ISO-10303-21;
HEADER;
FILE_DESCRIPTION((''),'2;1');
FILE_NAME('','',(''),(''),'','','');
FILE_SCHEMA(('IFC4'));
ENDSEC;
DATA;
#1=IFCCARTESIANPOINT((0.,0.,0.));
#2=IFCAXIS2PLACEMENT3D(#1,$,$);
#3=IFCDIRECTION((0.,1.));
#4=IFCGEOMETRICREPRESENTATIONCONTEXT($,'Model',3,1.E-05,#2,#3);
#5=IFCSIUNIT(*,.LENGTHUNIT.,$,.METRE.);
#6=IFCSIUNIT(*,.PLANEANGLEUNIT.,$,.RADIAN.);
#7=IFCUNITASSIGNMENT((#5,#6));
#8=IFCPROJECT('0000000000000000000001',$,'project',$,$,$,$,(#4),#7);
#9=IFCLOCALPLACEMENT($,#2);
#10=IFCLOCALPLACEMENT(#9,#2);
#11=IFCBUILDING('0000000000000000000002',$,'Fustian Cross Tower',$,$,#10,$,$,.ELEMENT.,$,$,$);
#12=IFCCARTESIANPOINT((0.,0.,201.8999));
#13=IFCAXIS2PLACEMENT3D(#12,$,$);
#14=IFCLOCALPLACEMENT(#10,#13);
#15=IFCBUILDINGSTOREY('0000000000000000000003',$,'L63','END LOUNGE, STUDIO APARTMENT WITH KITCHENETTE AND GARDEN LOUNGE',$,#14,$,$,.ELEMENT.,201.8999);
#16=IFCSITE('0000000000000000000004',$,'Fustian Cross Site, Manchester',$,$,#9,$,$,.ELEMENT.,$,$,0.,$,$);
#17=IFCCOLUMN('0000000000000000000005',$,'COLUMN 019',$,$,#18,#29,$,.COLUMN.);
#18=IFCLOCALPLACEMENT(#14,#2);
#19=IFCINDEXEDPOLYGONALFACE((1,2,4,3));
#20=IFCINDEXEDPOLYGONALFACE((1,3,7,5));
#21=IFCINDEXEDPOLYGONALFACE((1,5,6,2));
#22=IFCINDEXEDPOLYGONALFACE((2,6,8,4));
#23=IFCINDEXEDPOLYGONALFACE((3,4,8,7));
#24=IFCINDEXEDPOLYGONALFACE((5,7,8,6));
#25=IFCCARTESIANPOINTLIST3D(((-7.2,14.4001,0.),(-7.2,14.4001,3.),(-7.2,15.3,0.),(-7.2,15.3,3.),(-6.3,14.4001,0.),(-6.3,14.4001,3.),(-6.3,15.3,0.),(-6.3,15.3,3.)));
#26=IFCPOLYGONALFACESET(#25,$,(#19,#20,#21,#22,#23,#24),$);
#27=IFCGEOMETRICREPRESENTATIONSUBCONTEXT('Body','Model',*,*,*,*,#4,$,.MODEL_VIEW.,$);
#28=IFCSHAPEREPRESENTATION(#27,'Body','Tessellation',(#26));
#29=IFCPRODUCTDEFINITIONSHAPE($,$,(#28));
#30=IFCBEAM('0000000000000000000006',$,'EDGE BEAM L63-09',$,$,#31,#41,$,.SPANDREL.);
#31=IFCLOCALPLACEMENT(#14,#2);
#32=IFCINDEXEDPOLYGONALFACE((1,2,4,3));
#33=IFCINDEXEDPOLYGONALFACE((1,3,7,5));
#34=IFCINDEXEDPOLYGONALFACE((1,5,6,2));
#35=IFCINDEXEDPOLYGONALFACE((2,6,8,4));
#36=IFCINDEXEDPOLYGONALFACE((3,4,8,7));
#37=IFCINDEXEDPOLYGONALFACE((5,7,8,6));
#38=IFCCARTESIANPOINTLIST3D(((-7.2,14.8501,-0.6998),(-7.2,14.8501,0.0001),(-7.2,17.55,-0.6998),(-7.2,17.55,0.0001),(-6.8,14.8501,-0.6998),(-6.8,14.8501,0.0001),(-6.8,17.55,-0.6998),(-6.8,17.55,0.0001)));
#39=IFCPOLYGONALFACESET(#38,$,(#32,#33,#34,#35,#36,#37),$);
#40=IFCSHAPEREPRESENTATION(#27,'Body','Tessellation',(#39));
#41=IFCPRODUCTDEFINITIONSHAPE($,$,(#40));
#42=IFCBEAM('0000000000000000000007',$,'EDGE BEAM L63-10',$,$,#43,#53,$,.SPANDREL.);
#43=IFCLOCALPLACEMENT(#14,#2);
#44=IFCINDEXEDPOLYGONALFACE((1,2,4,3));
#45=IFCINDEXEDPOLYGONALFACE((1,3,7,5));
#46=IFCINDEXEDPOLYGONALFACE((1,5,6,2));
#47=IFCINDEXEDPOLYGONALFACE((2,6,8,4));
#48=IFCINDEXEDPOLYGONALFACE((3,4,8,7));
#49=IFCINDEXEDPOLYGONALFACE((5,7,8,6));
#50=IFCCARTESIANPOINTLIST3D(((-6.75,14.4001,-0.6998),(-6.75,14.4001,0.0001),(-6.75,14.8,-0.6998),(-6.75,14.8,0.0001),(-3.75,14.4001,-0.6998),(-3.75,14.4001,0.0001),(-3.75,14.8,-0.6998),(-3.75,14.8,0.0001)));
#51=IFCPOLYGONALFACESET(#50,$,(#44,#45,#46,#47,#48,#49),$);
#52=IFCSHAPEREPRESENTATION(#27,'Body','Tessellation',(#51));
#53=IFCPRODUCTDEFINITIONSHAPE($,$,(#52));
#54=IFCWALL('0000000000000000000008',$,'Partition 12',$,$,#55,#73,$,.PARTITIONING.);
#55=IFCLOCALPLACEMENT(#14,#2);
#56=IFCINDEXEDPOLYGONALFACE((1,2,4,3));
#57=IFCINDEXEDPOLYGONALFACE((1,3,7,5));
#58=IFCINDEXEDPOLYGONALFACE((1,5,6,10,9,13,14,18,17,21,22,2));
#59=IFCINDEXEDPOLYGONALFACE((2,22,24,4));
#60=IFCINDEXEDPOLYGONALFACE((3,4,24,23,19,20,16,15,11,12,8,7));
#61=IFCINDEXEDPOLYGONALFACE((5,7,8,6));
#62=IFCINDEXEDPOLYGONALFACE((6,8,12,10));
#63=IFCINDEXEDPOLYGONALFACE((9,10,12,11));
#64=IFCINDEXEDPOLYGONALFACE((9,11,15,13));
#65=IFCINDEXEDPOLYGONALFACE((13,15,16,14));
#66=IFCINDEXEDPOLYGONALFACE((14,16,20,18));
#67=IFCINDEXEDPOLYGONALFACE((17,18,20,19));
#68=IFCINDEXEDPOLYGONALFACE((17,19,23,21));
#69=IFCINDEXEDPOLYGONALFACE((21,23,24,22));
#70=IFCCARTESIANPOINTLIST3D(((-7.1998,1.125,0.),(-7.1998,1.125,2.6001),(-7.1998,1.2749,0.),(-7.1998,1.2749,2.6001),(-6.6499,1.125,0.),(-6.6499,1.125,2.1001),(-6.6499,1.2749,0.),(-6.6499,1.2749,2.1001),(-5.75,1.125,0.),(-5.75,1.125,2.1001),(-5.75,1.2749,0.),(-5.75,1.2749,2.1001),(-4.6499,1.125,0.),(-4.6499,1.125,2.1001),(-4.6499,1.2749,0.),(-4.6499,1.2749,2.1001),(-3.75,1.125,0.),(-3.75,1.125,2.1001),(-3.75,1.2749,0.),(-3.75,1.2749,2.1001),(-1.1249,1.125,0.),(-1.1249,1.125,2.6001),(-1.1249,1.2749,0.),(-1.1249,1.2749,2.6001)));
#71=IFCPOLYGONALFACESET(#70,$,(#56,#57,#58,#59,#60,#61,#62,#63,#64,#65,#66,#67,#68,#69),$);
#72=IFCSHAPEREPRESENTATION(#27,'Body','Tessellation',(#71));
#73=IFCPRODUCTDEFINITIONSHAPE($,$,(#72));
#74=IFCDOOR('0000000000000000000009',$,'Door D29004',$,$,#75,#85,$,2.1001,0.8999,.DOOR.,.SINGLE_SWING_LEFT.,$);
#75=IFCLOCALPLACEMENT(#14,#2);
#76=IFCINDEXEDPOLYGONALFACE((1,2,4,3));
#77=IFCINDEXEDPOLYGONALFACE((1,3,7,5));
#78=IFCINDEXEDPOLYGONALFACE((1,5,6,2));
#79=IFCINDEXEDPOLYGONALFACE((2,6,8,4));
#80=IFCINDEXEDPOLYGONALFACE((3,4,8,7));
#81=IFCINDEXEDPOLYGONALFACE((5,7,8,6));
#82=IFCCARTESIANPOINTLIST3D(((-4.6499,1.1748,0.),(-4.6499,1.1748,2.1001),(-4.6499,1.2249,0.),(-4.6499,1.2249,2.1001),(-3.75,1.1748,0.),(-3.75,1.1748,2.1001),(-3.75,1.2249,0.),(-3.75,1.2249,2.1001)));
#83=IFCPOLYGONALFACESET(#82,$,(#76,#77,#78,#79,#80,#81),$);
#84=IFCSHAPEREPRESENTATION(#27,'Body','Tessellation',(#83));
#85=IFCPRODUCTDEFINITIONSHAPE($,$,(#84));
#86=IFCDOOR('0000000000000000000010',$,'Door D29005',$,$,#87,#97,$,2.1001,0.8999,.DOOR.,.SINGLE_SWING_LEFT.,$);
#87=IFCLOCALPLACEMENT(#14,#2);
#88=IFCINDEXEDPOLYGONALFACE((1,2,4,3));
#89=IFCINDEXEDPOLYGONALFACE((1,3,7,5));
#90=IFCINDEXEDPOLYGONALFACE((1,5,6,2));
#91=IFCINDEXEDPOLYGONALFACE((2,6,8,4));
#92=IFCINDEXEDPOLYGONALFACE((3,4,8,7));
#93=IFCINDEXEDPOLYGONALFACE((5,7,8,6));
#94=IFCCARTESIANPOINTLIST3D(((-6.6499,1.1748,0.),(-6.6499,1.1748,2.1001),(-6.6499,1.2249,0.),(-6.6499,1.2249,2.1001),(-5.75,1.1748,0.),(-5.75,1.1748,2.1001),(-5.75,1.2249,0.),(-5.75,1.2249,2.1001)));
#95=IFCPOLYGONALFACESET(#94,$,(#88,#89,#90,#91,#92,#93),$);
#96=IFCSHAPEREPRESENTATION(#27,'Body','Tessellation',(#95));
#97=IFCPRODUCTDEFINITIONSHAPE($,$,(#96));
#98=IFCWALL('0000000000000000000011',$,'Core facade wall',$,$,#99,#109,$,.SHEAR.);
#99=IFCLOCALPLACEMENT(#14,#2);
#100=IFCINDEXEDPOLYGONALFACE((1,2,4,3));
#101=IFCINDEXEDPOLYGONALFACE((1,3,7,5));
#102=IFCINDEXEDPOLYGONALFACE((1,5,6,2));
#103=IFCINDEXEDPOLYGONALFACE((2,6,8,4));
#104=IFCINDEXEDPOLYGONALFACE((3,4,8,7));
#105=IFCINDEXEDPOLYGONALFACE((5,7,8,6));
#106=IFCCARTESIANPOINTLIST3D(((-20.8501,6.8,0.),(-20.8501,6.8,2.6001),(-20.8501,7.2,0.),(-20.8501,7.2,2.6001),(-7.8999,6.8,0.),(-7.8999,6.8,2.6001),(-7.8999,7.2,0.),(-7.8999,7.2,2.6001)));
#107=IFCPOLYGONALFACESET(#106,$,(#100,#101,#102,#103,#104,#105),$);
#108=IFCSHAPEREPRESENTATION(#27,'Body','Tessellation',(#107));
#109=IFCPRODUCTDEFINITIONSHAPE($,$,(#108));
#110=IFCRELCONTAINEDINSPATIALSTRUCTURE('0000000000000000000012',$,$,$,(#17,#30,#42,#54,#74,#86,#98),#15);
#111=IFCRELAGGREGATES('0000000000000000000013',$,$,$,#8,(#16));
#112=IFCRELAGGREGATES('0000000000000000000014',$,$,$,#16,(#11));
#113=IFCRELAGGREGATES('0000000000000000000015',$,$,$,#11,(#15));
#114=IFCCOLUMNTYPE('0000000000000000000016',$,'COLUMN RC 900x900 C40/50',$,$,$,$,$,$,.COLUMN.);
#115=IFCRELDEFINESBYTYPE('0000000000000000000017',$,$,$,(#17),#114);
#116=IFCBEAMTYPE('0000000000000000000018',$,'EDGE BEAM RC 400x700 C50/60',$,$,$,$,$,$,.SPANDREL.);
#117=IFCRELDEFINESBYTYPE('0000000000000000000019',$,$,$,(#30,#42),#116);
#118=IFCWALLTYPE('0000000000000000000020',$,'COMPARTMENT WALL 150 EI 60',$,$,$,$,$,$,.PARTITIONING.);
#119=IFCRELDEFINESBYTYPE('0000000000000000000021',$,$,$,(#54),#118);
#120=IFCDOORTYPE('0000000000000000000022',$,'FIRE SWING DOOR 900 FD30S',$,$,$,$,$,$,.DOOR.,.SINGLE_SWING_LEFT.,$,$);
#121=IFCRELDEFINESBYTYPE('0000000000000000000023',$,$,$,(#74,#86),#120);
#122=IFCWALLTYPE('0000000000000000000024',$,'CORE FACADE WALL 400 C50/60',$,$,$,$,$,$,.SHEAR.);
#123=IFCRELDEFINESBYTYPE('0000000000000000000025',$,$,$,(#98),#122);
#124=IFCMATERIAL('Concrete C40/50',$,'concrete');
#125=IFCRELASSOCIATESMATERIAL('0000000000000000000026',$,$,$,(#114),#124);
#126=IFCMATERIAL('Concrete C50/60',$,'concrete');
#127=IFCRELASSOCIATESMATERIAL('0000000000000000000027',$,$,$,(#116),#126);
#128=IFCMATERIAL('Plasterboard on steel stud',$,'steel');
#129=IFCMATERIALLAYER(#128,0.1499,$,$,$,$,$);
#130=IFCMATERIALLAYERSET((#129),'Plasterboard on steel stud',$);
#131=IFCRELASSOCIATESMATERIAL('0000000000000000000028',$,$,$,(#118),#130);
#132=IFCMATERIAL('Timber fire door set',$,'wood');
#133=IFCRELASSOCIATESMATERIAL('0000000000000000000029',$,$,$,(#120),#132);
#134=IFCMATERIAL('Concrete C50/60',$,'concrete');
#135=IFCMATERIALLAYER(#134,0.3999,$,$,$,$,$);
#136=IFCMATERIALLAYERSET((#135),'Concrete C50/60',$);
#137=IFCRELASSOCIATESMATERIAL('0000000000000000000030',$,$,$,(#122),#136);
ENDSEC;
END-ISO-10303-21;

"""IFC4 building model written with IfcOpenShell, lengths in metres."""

from ifc_helpers import new_model, si_unit, direction, frame, frame_2d, origin, origin_2d, place, context, subcontext, project, spatial, rectangle, extrude, material, layer, layer_set, material_profile, profile_set, type_object, element, fill, save


model = new_model("IFC4")

# Units and contexts
model_context = context("Model", 3, precision=1e-05, world=origin(), true_north=direction((0.0, 1.0)))
body_context = subcontext(model_context, "Body", "Model", "MODEL_VIEW")
ifc_project = project(units=[si_unit("LENGTHUNIT", "METRE"), si_unit("PLANEANGLEUNIT", "RADIAN")], contexts=[model_context])

# Site, building, storey
site_placement = place(None, origin())
site = spatial("IfcSite", under=ifc_project, at=site_placement, Name="Fustian Cross Site, Manchester", CompositionType="ELEMENT", RefElevation=0.0)
building_placement = place(site_placement, origin())
building = spatial("IfcBuilding", under=site, at=building_placement, Name="Fustian Cross Tower", CompositionType="ELEMENT")
storey_placement = place(building_placement, frame((0.0, 0.0, 201.8999)))
storey = spatial("IfcBuildingStorey", under=building, at=storey_placement, Name="L63", Description="END LOUNGE, STUDIO APARTMENT WITH KITCHENETTE AND GARDEN LOUNGE", CompositionType="ELEMENT", Elevation=201.8999)

# Column
ifc_material_1 = material(Name="Concrete C40/50", Category="concrete")
ifc_material_profile_1 = material_profile(ifc_material_1, rectangle(XDim=0.8999, YDim=0.8999, at=origin_2d()), Name="RC 900x900")
ifc_profile_set_1 = profile_set([ifc_material_profile_1], Name="Concrete C40/50")
column_type = type_object("IfcColumnType", Name="COLUMN RC 900x900 C40/50", PredefinedType="COLUMN", material=ifc_profile_set_1)
column_placement = place(storey_placement, frame((-6.75, 14.8501, 0.0), z_axis=(0.0, 0.0, 1.0), x_axis=(1.0, 0.0, 0.0)))
element("IfcColumn", 1, at=column_placement, inside=storey, type_object=column_type, Name="COLUMN 019", PredefinedType="COLUMN", context=body_context, shape_type="SweptSolid", body=[
    extrude(rectangle(XDim=0.8999, YDim=0.8999, at=origin_2d()), origin(), (0.0, 0.0, 1.0), 3.0),
])

# Beams
ifc_material_2 = material(Name="Concrete C50/60", Category="concrete")
ifc_material_profile_2 = material_profile(ifc_material_2, rectangle(XDim=0.3999, YDim=0.7, at=origin_2d()), Name="RC 400x700")
ifc_profile_set_2 = profile_set([ifc_material_profile_2], Name="Concrete C50/60")
beam_type = type_object("IfcBeamType", Name="EDGE BEAM RC 400x700 C50/60", PredefinedType="SPANDREL", material=ifc_profile_set_2)
beam_1_placement = place(storey_placement, frame((-7.0, 17.55, -0.3499), z_axis=(0.0, -1.0, 0.0), x_axis=(1.0, 0.0, 0.0)))
element("IfcBeam", 2, at=beam_1_placement, inside=storey, type_object=beam_type, Name="EDGE BEAM L63-09", PredefinedType="SPANDREL", context=body_context, shape_type="SweptSolid", body=[
    extrude(rectangle(XDim=0.3999, YDim=0.7, at=origin_2d()), origin(), (0.0, 0.0, 1.0), 2.7),
])
beam_2_placement = place(storey_placement, frame((-6.75, 14.6001, -0.3499), z_axis=(1.0, 0.0, 0.0), x_axis=(0.0, 1.0, 0.0)))
element("IfcBeam", 3, at=beam_2_placement, inside=storey, type_object=beam_type, Name="EDGE BEAM L63-10", PredefinedType="SPANDREL", context=body_context, shape_type="SweptSolid", body=[
    extrude(rectangle(XDim=0.3999, YDim=0.7, at=origin_2d()), origin(), (0.0, 0.0, 1.0), 3.0),
])

# Wall, openings, doors
ifc_material_3 = material(Name="Plasterboard on steel stud", Category="steel")
ifc_layer_1 = layer(ifc_material_3, 0.1499)
ifc_layer_set_1 = layer_set([ifc_layer_1], Name="Plasterboard on steel stud")
wall_type_1 = type_object("IfcWallType", Name="COMPARTMENT WALL 150 EI 60", PredefinedType="PARTITIONING", material=ifc_layer_set_1)
wall_1_placement = place(storey_placement, frame((-7.2, 1.2, 0.0), z_axis=(0.0, 0.0, 1.0), x_axis=(1.0, 0.0, 0.0)))
wall_1 = element("IfcWall", 4, at=wall_1_placement, inside=storey, type_object=wall_type_1, Name="Partition 12", PredefinedType="PARTITIONING", context=body_context, shape_type="SweptSolid", body=[
    extrude(rectangle(XDim=6.075, YDim=0.1499, at=frame_2d((3.0376, 0.0))), origin(), (0.0, 0.0, 1.0), 2.6001),
])
opening_1_placement = place(wall_1_placement, frame((2.55, 0.0, 0.0)))
opening_1 = element("IfcOpeningElement", 5, at=opening_1_placement, cuts=wall_1, PredefinedType="OPENING", context=body_context, shape_type="SweptSolid", body=[
    extrude(rectangle(XDim=0.8999, YDim=2.1001, at=frame_2d((0.45, 1.05))), frame((0.0, 0.085, 0.0), z_axis=(0.0, -1.0, 0.0), x_axis=(1.0, 0.0, 0.0)), (0.0, 0.0, 1.0), 0.1699),
])
opening_2_placement = place(wall_1_placement, frame((0.55, 0.0, 0.0)))
opening_2 = element("IfcOpeningElement", 6, at=opening_2_placement, cuts=wall_1, PredefinedType="OPENING", context=body_context, shape_type="SweptSolid", body=[
    extrude(rectangle(XDim=0.8999, YDim=2.1001, at=frame_2d((0.45, 1.05))), frame((0.0, 0.085, 0.0), z_axis=(0.0, -1.0, 0.0), x_axis=(1.0, 0.0, 0.0)), (0.0, 0.0, 1.0), 0.1699),
])
ifc_material_4 = material(Name="Timber fire door set", Category="wood")
door_type_1 = type_object("IfcDoorType", Name="FIRE SWING DOOR 900 FD30S", OperationType="SINGLE_SWING_LEFT", PredefinedType="DOOR", material=ifc_material_4)
door_1_placement = place(opening_1_placement, origin())
door_1 = element("IfcDoor", 7, at=door_1_placement, inside=storey, type_object=door_type_1, Name="Door D29004", OperationType="SINGLE_SWING_LEFT", OverallHeight=2.1001, OverallWidth=0.8999, PredefinedType="DOOR", context=body_context, shape_type="SweptSolid", body=[
    extrude(rectangle(XDim=0.8999, YDim=2.1001, at=frame_2d((0.45, 1.05))), frame((0.0, 0.0249, 0.0), z_axis=(0.0, -1.0, 0.0), x_axis=(1.0, 0.0, 0.0)), (0.0, 0.0, 1.0), 0.05),
])
fill(opening_1, door_1)
door_2_placement = place(opening_2_placement, origin())
door_2 = element("IfcDoor", 8, at=door_2_placement, inside=storey, type_object=door_type_1, Name="Door D29005", OperationType="SINGLE_SWING_LEFT", OverallHeight=2.1001, OverallWidth=0.8999, PredefinedType="DOOR", context=body_context, shape_type="SweptSolid", body=[
    extrude(rectangle(XDim=0.8999, YDim=2.1001, at=frame_2d((0.45, 1.05))), frame((0.0, 0.0249, 0.0), z_axis=(0.0, -1.0, 0.0), x_axis=(1.0, 0.0, 0.0)), (0.0, 0.0, 1.0), 0.05),
])
fill(opening_2, door_2)

# Wall
ifc_material_5 = material(Name="Concrete C50/60", Category="concrete")
ifc_layer_2 = layer(ifc_material_5, 0.3999)
ifc_layer_set_2 = layer_set([ifc_layer_2], Name="Concrete C50/60")
wall_type_2 = type_object("IfcWallType", Name="CORE FACADE WALL 400 C50/60", PredefinedType="SHEAR", material=ifc_layer_set_2)
wall_2_placement = place(storey_placement, frame((-7.8999, 7.0, 0.0), z_axis=(0.0, 0.0, 1.0), x_axis=(-1.0, 0.0, 0.0)))
element("IfcWall", 9, at=wall_2_placement, inside=storey, type_object=wall_type_2, Name="Core facade wall", PredefinedType="SHEAR", context=body_context, shape_type="SweptSolid", body=[
    extrude(rectangle(XDim=12.9502, YDim=0.3999, at=frame_2d((6.4751, 0.0))), origin(), (0.0, 0.0, 1.0), 2.6001),
])

save(model, "model.ifc")
